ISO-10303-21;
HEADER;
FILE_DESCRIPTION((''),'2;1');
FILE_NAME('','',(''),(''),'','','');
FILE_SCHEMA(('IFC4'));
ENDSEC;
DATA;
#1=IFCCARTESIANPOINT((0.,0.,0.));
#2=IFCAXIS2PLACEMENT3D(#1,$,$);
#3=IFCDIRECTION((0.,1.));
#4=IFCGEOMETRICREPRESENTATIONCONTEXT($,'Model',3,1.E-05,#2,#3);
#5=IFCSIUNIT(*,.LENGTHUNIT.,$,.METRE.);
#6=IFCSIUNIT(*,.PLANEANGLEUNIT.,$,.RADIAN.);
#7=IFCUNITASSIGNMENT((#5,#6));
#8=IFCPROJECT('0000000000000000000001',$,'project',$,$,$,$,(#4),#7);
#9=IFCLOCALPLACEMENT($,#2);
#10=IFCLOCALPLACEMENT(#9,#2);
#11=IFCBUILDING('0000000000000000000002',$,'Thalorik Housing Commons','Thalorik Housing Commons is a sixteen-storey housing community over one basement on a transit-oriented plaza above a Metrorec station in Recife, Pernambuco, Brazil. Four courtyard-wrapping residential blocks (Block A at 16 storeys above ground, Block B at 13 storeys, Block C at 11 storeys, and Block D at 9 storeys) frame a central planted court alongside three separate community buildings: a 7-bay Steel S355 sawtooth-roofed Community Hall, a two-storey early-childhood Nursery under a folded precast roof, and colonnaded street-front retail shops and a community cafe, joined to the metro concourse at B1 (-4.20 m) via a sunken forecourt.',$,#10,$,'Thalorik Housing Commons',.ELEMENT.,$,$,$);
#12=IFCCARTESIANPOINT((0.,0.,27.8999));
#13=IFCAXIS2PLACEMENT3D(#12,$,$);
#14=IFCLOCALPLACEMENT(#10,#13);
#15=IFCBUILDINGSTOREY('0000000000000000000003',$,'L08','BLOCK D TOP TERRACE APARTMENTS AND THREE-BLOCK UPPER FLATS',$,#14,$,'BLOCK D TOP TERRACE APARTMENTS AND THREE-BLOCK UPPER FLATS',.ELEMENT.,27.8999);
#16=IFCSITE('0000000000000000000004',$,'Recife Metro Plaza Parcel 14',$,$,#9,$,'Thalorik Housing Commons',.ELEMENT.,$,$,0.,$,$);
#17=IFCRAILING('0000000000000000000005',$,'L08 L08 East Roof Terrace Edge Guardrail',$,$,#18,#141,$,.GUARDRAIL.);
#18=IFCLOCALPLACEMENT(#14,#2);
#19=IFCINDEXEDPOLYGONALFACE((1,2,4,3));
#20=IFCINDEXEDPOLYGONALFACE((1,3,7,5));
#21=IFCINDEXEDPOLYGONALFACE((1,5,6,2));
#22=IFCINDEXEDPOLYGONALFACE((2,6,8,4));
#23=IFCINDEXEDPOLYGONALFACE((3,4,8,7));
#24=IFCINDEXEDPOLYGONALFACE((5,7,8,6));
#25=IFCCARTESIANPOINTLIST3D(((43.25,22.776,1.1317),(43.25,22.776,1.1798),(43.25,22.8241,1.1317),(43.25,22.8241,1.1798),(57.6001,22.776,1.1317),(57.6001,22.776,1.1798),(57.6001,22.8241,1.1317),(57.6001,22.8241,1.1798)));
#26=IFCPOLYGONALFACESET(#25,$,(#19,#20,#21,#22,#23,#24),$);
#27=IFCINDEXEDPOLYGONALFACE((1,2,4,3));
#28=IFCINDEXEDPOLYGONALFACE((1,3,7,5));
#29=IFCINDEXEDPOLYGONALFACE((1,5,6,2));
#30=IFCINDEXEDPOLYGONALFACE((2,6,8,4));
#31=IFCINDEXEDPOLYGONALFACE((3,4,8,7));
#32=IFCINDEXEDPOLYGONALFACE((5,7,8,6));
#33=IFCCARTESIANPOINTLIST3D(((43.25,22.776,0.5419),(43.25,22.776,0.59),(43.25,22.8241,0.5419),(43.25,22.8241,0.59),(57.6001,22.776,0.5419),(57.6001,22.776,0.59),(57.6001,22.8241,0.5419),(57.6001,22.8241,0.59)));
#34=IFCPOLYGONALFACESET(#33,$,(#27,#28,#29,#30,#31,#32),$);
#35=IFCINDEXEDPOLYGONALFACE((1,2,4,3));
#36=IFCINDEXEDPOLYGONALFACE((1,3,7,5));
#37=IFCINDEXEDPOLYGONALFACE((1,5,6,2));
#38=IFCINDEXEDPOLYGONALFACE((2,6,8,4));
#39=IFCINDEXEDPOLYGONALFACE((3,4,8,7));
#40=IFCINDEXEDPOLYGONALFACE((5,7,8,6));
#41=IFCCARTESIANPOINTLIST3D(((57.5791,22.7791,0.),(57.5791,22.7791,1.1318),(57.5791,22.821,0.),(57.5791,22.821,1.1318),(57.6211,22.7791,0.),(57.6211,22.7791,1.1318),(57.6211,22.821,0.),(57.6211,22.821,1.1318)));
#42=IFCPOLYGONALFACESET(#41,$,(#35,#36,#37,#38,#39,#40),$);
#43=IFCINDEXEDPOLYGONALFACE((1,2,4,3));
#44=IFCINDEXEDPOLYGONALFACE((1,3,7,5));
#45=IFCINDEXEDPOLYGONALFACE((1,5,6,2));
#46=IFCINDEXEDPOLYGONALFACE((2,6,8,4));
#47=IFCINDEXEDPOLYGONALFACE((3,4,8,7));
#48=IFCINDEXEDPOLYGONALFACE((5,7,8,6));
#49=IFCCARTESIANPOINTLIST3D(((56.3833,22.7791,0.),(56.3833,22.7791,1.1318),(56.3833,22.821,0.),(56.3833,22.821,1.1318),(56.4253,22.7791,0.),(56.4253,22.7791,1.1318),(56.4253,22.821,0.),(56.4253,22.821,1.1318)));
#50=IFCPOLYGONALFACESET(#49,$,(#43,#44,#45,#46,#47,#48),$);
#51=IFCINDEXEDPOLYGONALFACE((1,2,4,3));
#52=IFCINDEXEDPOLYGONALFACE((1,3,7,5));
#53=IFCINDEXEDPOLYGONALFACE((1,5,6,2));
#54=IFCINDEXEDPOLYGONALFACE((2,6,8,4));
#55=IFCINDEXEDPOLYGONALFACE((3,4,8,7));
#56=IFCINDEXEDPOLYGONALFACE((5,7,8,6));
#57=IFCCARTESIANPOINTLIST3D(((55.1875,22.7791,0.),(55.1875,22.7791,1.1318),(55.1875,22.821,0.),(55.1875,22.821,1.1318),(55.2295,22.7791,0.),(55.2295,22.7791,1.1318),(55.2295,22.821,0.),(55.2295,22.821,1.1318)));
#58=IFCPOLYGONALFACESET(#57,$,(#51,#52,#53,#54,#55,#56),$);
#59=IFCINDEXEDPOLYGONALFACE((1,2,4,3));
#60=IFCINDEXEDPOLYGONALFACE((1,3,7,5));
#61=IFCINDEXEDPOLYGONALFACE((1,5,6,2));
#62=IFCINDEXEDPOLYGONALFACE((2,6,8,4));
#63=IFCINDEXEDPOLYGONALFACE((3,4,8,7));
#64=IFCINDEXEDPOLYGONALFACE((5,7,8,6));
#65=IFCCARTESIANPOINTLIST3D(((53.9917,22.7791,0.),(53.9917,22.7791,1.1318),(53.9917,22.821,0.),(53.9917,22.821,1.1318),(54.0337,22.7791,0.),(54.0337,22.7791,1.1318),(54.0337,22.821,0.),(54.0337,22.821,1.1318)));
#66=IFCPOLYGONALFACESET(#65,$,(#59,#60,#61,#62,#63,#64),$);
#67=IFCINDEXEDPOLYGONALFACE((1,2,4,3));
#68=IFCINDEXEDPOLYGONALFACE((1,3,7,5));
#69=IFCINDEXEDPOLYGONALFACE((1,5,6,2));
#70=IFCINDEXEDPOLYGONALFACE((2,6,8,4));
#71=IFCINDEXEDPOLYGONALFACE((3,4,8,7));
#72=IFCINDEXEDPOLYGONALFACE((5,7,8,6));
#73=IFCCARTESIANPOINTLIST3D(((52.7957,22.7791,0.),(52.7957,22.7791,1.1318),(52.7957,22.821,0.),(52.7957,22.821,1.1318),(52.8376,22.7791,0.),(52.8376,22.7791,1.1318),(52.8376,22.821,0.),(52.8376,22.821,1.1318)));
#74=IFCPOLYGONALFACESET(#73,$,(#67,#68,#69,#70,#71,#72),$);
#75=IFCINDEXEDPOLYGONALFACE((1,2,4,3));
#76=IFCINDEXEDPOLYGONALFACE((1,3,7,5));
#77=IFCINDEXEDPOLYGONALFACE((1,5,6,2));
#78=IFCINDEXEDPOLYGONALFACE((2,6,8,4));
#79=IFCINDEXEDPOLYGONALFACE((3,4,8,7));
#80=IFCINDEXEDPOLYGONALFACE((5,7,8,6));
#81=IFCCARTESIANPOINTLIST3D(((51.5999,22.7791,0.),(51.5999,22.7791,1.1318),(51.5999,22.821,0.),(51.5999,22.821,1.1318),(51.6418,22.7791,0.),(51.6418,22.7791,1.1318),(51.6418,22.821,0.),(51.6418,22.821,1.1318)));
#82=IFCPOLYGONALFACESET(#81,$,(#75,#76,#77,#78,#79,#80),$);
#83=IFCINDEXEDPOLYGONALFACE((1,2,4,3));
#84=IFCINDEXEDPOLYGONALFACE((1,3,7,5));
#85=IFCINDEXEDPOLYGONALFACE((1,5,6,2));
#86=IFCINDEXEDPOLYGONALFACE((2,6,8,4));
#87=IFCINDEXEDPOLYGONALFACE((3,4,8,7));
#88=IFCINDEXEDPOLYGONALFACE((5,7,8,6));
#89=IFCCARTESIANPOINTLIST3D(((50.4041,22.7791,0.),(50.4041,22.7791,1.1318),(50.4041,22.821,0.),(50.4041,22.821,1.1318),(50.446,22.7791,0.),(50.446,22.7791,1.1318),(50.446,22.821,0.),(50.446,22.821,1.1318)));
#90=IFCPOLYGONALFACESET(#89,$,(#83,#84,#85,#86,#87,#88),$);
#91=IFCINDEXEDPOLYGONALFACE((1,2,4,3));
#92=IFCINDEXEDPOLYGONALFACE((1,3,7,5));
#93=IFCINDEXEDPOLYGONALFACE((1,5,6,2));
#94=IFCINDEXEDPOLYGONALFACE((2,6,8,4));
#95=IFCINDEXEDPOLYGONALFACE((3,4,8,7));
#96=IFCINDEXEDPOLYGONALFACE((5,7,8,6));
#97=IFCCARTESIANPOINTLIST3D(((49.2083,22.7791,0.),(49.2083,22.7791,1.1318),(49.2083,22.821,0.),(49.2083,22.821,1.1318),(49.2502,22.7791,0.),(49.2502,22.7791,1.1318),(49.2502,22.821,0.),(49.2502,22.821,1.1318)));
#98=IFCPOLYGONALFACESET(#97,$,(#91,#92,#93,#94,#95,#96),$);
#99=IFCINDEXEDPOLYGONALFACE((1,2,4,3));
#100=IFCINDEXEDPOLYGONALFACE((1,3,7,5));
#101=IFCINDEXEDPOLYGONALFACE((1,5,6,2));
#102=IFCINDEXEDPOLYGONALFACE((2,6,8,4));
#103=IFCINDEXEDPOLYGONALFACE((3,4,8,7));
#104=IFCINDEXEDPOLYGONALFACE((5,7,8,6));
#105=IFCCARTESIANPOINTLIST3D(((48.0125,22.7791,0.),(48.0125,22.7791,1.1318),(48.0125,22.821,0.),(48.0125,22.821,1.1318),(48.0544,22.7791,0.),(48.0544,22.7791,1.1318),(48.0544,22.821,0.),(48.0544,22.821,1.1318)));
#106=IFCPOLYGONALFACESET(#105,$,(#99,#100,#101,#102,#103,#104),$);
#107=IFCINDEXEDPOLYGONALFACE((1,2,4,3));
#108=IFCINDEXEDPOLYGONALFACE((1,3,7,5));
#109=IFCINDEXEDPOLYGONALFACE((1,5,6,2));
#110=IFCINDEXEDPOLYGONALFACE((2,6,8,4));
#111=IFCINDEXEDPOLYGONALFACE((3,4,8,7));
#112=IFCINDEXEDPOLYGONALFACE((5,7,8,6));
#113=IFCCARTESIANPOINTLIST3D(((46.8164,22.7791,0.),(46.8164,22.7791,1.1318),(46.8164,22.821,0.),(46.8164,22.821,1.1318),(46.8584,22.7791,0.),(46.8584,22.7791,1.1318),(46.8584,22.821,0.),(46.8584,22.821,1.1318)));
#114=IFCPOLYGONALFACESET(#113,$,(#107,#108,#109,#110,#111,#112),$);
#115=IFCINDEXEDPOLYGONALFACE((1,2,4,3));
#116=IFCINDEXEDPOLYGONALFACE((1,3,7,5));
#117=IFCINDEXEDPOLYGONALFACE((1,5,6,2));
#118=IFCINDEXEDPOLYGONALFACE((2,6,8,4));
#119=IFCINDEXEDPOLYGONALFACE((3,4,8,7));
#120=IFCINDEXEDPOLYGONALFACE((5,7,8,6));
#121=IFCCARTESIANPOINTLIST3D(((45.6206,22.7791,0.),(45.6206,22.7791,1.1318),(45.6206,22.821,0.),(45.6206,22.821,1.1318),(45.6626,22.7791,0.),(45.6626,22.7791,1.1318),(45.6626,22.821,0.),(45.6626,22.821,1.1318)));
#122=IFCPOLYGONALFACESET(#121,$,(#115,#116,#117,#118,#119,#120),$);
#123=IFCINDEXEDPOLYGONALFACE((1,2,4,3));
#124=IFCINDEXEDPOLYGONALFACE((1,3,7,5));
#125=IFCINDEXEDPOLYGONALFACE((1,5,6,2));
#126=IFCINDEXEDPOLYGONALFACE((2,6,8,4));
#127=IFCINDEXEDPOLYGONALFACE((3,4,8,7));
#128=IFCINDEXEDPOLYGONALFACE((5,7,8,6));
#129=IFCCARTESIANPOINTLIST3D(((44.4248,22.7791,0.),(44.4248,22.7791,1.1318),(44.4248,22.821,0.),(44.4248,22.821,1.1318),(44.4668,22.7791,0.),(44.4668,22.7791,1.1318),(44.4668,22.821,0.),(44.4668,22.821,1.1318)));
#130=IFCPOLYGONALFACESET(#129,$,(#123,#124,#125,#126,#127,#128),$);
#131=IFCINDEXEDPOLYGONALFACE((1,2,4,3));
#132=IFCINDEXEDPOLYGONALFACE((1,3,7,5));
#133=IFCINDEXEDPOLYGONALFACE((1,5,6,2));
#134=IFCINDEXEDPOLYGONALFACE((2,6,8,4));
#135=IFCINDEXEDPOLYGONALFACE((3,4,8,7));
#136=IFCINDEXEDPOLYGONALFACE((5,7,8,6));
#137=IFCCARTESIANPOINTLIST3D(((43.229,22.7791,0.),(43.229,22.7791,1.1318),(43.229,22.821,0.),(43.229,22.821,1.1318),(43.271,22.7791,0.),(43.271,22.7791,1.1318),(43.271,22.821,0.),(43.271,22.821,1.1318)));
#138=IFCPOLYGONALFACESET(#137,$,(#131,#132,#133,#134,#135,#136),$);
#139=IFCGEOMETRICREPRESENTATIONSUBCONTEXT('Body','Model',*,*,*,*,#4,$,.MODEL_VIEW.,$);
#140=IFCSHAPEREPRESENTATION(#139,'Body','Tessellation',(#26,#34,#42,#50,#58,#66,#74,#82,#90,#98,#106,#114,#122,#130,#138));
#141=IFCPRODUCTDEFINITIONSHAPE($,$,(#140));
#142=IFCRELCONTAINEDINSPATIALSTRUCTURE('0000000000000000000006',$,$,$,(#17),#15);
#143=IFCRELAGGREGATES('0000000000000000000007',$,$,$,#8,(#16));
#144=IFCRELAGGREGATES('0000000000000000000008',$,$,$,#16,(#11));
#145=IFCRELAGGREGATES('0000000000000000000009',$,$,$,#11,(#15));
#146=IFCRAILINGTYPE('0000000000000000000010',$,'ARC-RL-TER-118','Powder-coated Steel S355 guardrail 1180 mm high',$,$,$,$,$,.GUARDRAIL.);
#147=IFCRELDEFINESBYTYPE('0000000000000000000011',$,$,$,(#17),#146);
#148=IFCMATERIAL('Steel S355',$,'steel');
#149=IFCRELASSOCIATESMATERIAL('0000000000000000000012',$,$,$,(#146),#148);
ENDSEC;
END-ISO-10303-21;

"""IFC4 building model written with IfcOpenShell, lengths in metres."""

from ifc_helpers import new_model, si_unit, direction, frame, origin, origin_2d, place, context, subcontext, project, spatial, rectangle, extrude, material, type_object, element, save


model = new_model("IFC4")

# Units and contexts
model_context = context("Model", 3, precision=1e-05, world=origin(), true_north=direction((0.0, 1.0)))
body_context = subcontext(model_context, "Body", "Model", "MODEL_VIEW")
ifc_project = project(units=[si_unit("LENGTHUNIT", "METRE"), si_unit("PLANEANGLEUNIT", "RADIAN")], contexts=[model_context])

# Site, building, storey
site_placement = place(None, origin())
site = spatial("IfcSite", under=ifc_project, at=site_placement, Name="Recife Metro Plaza Parcel 14", LongName="Thalorik Housing Commons", CompositionType="ELEMENT", RefElevation=0.0)
building_placement = place(site_placement, origin())
building = spatial("IfcBuilding", under=site, at=building_placement, Name="Thalorik Housing Commons", Description="Thalorik Housing Commons is a sixteen-storey housing community over one basement on a transit-oriented plaza above a Metrorec station in Recife, Pernambuco, Brazil. Four courtyard-wrapping residential blocks (Block A at 16 storeys above ground, Block B at 13 storeys, Block C at 11 storeys, and Block D at 9 storeys) frame a central planted court alongside three separate community buildings: a 7-bay Steel S355 sawtooth-roofed Community Hall, a two-storey early-childhood Nursery under a folded precast roof, and colonnaded street-front retail shops and a community cafe, joined to the metro concourse at B1 (-4.20 m) via a sunken forecourt.", LongName="Thalorik Housing Commons", CompositionType="ELEMENT")
storey_placement = place(building_placement, frame((0.0, 0.0, 27.8999)))
storey = spatial("IfcBuildingStorey", under=building, at=storey_placement, Name="L08", Description="BLOCK D TOP TERRACE APARTMENTS AND THREE-BLOCK UPPER FLATS", LongName="BLOCK D TOP TERRACE APARTMENTS AND THREE-BLOCK UPPER FLATS", CompositionType="ELEMENT", Elevation=27.8999)

# Railing
ifc_material_1 = material(Name="Steel S355", Category="steel")
railing_type_1 = type_object("IfcRailingType", Name="ARC-RL-TER-118", Description="Powder-coated Steel S355 guardrail 1180 mm high", PredefinedType="GUARDRAIL", material=ifc_material_1)
railing_1_placement = place(storey_placement, frame((57.6001, 22.8, 0.0)))
element("IfcRailing", 1, at=railing_1_placement, inside=storey, type_object=railing_type_1, Name="L08 L08 East Roof Terrace Edge Guardrail", PredefinedType="GUARDRAIL", context=body_context, shape_type="SweptSolid", body=[
    extrude(rectangle(XDim=0.0481, YDim=0.0481, at=origin_2d()), frame((0.0, 0.0, 1.1558), z_axis=(-1.0, 0.0, 0.0), x_axis=(0.0, -1.0, 0.0)), (0.0, 0.0, 1.0), 14.3501),
    extrude(rectangle(XDim=0.0481, YDim=0.0481, at=origin_2d()), frame((0.0, 0.0, 0.5659), z_axis=(-1.0, 0.0, 0.0), x_axis=(0.0, -1.0, 0.0)), (0.0, 0.0, 1.0), 14.3501),
    extrude(rectangle(XDim=0.042, YDim=0.042, at=origin_2d()), origin(), (0.0, 0.0, 1.0), 1.1318),
    extrude(rectangle(XDim=0.042, YDim=0.042, at=origin_2d()), frame((-1.1958, 0.0, 0.0)), (0.0, 0.0, 1.0), 1.1318),
    extrude(rectangle(XDim=0.042, YDim=0.042, at=origin_2d()), frame((-2.3916, 0.0, 0.0)), (0.0, 0.0, 1.0), 1.1318),
    extrude(rectangle(XDim=0.042, YDim=0.042, at=origin_2d()), frame((-3.5874, 0.0, 0.0)), (0.0, 0.0, 1.0), 1.1318),
    extrude(rectangle(XDim=0.042, YDim=0.042, at=origin_2d()), frame((-4.7834, 0.0, 0.0)), (0.0, 0.0, 1.0), 1.1318),
    extrude(rectangle(XDim=0.042, YDim=0.042, at=origin_2d()), frame((-5.9792, 0.0, 0.0)), (0.0, 0.0, 1.0), 1.1318),
    extrude(rectangle(XDim=0.042, YDim=0.042, at=origin_2d()), frame((-7.175, 0.0, 0.0)), (0.0, 0.0, 1.0), 1.1318),
    extrude(rectangle(XDim=0.042, YDim=0.042, at=origin_2d()), frame((-8.3708, 0.0, 0.0)), (0.0, 0.0, 1.0), 1.1318),
    extrude(rectangle(XDim=0.042, YDim=0.042, at=origin_2d()), frame((-9.5667, 0.0, 0.0)), (0.0, 0.0, 1.0), 1.1318),
    extrude(rectangle(XDim=0.042, YDim=0.042, at=origin_2d()), frame((-10.7627, 0.0, 0.0)), (0.0, 0.0, 1.0), 1.1318),
    extrude(rectangle(XDim=0.042, YDim=0.042, at=origin_2d()), frame((-11.9585, 0.0, 0.0)), (0.0, 0.0, 1.0), 1.1318),
    extrude(rectangle(XDim=0.042, YDim=0.042, at=origin_2d()), frame((-13.1543, 0.0, 0.0)), (0.0, 0.0, 1.0), 1.1318),
    extrude(rectangle(XDim=0.042, YDim=0.042, at=origin_2d()), frame((-14.3501, 0.0, 0.0)), (0.0, 0.0, 1.0), 1.1318),
])

save(model, "model.ifc")
